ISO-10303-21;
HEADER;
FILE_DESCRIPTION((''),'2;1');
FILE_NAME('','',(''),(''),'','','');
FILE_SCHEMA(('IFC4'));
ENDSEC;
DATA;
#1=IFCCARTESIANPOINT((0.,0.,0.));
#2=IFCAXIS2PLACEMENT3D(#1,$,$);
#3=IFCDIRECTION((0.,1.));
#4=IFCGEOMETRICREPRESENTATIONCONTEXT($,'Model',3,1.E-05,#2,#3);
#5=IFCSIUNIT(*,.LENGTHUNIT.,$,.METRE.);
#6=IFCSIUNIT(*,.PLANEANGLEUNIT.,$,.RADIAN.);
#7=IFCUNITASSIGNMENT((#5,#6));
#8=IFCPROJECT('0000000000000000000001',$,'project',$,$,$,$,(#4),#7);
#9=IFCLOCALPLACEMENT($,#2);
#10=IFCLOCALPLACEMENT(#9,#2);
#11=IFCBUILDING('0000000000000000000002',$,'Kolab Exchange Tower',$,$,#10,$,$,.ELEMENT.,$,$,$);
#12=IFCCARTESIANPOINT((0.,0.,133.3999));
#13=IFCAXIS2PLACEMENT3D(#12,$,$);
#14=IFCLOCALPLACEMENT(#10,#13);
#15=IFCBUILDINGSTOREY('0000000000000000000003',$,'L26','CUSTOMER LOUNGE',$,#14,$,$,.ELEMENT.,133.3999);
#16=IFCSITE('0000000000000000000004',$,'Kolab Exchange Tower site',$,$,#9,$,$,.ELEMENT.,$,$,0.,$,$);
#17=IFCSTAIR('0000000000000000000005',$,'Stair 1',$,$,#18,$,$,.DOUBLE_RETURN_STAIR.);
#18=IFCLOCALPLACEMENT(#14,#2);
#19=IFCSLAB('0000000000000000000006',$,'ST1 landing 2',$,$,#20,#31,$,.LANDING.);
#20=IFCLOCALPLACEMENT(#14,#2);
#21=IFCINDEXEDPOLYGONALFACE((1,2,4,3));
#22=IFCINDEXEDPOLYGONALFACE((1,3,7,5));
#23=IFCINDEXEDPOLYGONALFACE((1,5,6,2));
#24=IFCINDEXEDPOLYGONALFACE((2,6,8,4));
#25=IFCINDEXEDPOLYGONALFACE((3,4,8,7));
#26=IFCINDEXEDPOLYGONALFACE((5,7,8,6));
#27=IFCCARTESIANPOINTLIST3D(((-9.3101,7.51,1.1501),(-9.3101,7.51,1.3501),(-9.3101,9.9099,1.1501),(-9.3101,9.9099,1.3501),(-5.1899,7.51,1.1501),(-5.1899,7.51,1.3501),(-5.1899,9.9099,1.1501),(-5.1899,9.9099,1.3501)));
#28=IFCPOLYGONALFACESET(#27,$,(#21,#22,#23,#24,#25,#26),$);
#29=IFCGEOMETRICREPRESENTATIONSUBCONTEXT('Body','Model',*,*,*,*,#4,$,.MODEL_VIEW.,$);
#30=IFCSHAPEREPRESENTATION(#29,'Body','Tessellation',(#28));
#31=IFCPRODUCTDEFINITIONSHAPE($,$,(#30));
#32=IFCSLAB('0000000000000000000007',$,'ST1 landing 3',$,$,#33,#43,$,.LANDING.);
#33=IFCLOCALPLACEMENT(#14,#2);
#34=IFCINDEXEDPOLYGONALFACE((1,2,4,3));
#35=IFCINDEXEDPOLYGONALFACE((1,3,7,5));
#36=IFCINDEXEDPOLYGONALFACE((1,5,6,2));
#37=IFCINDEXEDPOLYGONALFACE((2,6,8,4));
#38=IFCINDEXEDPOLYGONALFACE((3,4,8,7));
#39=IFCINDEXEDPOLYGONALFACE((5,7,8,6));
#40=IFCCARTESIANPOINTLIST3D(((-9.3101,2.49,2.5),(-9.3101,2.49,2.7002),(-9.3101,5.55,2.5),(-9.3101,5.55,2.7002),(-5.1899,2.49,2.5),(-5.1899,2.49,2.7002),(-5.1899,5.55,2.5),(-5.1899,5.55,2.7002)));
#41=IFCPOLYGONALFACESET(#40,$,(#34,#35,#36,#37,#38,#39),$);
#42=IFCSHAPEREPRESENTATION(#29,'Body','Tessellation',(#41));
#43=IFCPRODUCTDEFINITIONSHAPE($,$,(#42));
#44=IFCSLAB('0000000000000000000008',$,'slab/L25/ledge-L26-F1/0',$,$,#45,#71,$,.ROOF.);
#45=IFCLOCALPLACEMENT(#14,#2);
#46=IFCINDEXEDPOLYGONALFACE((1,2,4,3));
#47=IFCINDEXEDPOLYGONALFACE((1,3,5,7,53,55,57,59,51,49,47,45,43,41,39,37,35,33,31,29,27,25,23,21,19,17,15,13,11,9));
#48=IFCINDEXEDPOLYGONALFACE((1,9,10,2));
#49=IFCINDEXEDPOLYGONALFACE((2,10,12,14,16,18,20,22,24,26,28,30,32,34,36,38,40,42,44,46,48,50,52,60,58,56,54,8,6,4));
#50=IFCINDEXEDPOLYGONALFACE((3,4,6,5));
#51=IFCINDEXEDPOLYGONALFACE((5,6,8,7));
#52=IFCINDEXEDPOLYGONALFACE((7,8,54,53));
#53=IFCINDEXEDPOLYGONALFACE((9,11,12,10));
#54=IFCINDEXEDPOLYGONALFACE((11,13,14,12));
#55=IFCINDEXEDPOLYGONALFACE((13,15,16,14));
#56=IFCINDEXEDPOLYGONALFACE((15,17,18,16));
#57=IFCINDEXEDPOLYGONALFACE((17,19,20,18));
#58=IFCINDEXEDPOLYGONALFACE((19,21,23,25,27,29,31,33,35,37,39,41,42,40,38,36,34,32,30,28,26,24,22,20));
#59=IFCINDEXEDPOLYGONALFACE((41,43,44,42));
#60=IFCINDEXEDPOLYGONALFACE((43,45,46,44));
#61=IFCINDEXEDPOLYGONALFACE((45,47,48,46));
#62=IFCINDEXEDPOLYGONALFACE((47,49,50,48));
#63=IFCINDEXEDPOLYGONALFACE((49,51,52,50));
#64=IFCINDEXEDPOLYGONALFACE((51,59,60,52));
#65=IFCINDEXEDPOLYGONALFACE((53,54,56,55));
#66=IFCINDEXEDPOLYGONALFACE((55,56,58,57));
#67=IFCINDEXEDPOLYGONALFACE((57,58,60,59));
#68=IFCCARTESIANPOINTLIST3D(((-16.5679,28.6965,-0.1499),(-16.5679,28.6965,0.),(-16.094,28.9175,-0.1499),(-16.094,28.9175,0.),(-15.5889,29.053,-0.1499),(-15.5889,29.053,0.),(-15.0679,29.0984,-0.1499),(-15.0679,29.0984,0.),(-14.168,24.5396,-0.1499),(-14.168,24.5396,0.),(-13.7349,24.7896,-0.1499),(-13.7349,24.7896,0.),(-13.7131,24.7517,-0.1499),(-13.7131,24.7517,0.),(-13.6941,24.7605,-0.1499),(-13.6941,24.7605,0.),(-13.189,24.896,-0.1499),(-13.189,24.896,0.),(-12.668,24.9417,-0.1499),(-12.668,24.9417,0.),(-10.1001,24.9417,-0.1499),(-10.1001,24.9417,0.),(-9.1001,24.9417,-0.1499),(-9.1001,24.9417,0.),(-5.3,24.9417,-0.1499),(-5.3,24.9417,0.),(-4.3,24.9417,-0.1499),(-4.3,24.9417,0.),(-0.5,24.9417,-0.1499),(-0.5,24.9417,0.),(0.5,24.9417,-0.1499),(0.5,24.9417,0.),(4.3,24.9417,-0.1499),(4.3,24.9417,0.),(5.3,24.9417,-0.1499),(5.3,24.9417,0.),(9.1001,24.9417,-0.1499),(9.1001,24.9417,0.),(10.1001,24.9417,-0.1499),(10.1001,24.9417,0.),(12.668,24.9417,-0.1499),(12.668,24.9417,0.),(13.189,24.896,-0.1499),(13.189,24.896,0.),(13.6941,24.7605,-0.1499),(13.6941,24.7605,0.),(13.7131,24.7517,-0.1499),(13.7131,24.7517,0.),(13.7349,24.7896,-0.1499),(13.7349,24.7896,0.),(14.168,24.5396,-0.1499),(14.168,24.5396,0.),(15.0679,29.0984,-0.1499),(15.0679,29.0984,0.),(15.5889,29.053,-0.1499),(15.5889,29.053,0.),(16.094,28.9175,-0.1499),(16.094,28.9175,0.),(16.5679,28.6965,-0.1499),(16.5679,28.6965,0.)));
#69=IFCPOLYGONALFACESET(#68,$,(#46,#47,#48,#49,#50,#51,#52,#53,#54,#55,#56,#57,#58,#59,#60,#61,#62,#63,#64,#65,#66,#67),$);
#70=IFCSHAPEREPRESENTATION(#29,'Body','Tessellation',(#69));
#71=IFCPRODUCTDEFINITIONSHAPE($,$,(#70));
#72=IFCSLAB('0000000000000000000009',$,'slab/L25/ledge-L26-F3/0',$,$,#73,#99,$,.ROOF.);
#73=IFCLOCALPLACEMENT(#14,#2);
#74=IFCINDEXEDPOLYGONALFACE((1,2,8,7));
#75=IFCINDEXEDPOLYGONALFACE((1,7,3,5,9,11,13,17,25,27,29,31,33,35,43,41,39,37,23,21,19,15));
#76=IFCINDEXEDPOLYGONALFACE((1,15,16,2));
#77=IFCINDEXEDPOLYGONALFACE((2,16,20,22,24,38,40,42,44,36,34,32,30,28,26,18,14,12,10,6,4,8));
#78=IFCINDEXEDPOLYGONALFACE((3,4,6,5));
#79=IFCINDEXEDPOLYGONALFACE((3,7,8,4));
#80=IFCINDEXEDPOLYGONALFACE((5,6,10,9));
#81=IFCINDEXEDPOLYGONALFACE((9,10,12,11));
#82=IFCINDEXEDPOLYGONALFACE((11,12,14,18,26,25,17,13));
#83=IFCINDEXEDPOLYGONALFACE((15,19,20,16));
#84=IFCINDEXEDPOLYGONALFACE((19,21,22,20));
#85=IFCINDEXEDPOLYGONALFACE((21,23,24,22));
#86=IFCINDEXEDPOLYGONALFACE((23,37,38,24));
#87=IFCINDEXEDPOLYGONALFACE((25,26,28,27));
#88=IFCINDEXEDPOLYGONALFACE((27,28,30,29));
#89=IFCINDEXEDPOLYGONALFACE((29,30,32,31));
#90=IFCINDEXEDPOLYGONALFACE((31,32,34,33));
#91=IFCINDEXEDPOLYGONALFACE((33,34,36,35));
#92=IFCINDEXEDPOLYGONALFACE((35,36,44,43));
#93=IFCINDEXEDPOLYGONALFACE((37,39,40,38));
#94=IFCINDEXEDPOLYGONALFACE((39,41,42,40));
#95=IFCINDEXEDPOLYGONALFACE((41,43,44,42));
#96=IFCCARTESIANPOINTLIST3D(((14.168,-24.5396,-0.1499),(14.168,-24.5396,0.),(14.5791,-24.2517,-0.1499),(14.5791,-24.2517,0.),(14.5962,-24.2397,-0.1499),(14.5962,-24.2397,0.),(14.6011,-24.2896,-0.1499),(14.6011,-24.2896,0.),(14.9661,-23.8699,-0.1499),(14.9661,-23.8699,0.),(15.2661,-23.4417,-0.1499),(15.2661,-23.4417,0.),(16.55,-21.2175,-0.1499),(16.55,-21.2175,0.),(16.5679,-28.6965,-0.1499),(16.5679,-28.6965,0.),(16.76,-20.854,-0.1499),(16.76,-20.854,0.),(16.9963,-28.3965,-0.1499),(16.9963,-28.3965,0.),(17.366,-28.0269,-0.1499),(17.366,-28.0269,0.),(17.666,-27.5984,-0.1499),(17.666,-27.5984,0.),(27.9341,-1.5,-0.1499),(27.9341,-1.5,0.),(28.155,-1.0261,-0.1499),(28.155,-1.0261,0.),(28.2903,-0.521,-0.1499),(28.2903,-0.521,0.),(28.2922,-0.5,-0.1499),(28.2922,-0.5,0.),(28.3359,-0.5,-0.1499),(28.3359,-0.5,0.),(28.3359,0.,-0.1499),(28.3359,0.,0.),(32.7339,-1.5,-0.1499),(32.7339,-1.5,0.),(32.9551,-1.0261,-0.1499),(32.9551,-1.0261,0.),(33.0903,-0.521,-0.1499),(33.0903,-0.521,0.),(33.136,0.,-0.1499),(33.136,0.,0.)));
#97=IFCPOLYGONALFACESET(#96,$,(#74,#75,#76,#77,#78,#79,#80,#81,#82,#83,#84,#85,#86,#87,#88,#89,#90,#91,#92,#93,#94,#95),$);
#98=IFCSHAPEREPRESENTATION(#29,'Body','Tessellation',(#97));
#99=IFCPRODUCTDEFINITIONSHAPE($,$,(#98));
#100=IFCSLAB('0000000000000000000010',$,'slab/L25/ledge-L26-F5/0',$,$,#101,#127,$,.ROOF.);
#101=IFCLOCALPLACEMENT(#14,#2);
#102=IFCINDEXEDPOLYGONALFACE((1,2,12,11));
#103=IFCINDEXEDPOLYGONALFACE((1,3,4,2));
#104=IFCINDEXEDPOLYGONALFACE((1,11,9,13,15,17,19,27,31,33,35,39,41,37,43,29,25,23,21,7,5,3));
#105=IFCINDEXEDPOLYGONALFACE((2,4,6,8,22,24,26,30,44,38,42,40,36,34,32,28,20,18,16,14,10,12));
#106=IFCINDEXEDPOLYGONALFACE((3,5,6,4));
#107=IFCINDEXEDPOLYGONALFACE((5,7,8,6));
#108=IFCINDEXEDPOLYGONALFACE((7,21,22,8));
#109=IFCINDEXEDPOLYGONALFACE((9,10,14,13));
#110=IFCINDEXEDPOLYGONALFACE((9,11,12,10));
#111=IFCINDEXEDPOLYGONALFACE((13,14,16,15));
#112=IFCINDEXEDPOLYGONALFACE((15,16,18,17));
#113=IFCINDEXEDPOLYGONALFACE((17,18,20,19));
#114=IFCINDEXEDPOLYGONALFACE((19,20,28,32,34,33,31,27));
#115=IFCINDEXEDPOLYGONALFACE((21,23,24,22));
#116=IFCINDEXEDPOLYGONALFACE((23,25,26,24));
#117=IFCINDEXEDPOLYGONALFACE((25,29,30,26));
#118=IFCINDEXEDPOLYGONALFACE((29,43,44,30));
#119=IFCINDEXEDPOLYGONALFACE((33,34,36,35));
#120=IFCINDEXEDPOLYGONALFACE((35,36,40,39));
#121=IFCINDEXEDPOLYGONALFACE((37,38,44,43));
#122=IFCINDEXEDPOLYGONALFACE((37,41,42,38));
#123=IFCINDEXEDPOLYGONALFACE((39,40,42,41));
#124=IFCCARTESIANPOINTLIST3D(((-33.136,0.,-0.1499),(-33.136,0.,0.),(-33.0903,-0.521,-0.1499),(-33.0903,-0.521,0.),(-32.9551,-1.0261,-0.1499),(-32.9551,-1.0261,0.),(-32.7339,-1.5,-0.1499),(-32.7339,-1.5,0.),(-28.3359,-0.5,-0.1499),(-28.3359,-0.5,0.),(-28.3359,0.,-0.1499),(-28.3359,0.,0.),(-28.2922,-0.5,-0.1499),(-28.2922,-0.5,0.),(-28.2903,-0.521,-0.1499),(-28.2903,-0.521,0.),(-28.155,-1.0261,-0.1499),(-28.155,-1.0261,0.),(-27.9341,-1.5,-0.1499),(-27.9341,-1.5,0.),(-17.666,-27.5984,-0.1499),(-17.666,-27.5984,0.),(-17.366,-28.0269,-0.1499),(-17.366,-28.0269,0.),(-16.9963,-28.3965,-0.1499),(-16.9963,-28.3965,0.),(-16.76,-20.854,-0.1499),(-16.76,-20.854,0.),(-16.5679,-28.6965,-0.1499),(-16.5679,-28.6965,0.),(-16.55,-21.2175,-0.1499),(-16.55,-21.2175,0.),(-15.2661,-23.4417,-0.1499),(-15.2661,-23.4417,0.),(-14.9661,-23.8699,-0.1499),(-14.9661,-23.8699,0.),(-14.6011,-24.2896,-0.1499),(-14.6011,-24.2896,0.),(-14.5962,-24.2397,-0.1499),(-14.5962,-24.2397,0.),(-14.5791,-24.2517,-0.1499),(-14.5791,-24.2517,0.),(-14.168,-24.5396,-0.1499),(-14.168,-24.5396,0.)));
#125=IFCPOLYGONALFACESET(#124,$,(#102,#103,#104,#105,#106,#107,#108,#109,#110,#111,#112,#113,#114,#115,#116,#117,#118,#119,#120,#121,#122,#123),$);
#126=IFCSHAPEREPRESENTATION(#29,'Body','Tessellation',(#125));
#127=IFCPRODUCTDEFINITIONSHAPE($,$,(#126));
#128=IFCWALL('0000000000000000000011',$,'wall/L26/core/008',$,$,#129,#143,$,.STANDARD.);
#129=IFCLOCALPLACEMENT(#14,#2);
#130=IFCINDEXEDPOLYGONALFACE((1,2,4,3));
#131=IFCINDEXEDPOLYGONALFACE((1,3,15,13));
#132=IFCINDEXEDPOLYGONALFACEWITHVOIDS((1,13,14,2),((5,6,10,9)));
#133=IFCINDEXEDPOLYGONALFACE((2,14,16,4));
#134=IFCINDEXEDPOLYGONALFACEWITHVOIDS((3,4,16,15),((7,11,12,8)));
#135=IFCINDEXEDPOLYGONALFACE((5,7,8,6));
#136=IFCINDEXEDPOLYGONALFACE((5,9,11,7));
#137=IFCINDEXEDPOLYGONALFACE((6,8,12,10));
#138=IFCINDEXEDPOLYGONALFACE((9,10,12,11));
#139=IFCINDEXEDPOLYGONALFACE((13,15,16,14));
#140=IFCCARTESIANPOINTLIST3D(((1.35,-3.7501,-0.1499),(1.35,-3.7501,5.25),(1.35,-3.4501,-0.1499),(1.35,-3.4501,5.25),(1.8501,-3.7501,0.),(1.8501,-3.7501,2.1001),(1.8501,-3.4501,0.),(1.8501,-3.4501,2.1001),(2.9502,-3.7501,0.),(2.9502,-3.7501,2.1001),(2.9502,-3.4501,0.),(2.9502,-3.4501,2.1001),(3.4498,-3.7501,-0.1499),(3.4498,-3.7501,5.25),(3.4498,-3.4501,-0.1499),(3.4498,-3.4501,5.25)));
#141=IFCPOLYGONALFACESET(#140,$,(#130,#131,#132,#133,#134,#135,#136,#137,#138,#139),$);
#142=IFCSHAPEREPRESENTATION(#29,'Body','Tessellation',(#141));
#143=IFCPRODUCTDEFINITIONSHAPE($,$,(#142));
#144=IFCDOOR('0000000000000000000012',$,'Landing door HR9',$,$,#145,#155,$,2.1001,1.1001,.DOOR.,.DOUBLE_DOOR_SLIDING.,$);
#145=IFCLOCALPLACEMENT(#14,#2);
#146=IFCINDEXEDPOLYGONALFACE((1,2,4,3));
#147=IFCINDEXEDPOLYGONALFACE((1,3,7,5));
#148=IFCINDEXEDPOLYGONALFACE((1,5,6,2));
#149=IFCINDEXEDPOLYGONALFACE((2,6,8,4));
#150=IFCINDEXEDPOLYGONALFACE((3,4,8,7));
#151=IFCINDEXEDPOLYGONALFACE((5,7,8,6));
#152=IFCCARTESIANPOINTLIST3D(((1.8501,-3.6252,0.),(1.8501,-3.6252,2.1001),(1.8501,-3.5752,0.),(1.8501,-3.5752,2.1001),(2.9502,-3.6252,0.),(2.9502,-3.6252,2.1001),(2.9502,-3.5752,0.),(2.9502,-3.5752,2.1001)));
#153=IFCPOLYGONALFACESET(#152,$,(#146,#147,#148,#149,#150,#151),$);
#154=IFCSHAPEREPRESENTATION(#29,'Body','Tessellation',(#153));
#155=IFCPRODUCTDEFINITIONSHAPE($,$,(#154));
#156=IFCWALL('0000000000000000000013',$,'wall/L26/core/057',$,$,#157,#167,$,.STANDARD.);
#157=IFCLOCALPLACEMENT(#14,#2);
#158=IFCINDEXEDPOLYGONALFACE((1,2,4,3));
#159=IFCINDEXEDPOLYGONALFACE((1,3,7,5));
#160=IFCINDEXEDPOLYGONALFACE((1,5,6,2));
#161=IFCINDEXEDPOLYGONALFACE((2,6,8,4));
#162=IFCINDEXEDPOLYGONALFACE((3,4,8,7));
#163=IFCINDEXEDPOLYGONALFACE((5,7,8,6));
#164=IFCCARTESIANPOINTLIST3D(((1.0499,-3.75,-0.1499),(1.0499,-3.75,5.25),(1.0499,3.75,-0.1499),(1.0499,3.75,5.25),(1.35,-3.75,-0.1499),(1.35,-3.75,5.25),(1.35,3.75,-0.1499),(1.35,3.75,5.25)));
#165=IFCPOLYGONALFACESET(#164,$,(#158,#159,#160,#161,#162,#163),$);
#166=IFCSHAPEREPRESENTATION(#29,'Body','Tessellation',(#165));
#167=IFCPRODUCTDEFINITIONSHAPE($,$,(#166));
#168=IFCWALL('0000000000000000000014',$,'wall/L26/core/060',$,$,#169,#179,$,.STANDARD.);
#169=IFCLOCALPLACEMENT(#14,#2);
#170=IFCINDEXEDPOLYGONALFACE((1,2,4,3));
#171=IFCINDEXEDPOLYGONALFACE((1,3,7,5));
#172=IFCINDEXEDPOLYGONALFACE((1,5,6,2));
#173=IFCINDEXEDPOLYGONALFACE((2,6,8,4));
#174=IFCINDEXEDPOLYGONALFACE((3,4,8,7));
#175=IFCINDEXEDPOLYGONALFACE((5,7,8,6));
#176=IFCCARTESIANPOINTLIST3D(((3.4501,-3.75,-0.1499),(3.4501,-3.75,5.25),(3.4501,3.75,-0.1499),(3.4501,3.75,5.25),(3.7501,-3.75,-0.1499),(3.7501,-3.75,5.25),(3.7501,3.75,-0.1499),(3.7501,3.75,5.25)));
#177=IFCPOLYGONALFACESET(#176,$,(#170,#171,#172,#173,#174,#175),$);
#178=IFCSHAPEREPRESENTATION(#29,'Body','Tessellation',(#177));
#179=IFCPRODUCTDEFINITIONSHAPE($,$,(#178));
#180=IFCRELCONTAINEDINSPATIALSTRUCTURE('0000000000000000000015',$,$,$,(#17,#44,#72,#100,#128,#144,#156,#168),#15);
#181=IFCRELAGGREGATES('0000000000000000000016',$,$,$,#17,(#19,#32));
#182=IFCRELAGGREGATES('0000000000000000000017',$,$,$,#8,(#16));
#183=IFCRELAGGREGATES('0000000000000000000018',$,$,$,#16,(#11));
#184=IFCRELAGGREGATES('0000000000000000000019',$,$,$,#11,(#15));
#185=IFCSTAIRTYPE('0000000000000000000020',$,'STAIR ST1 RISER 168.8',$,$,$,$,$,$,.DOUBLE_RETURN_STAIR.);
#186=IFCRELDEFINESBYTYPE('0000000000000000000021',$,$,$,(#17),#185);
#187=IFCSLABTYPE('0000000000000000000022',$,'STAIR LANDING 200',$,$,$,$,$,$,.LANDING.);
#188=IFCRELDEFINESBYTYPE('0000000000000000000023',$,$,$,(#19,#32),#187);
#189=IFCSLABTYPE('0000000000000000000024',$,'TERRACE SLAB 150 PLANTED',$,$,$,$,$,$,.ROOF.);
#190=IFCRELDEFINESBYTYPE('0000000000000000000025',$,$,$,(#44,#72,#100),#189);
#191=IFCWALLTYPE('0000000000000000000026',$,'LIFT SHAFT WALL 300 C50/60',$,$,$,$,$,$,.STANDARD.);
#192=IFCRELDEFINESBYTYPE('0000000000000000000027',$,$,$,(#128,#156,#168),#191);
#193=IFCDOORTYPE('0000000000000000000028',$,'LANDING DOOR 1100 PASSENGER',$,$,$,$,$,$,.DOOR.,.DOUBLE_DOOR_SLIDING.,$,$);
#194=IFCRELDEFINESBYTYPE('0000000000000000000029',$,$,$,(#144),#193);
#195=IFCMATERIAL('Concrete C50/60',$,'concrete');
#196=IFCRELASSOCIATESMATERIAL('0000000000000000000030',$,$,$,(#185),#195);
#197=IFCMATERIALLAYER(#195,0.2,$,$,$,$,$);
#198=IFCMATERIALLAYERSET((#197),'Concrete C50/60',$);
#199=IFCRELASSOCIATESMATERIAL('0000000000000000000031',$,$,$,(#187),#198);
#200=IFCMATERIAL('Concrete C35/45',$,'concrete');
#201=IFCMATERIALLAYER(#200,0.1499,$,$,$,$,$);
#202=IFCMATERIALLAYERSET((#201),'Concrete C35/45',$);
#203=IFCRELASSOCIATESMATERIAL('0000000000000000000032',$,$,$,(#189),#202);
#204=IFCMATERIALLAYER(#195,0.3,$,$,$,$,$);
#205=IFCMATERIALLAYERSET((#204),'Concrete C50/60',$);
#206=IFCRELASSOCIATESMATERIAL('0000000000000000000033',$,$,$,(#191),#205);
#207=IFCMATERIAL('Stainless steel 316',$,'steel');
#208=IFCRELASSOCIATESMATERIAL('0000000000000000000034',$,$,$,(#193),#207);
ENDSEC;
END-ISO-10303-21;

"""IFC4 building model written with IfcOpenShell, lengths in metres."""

from ifc_helpers import new_model, si_unit, direction, frame, frame_2d, origin, place, context, subcontext, project, spatial, polyline, rectangle, outline, extrude, material, layer, layer_set, type_object, element, fill, aggregate, save


model = new_model("IFC4")

# Units and contexts
model_context = context("Model", 3, precision=1e-05, world=origin(), true_north=direction((0.0, 1.0)))
body_context = subcontext(model_context, "Body", "Model", "MODEL_VIEW")
ifc_project = project(units=[si_unit("LENGTHUNIT", "METRE"), si_unit("PLANEANGLEUNIT", "RADIAN")], contexts=[model_context])

# Site, building, storey
site_placement = place(None, origin())
site = spatial("IfcSite", under=ifc_project, at=site_placement, Name="Kolab Exchange Tower site", CompositionType="ELEMENT", RefElevation=0.0)
building_placement = place(site_placement, origin())
building = spatial("IfcBuilding", under=site, at=building_placement, Name="Kolab Exchange Tower", CompositionType="ELEMENT")
storey_placement = place(building_placement, frame((0.0, 0.0, 133.3999)))
storey = spatial("IfcBuildingStorey", under=building, at=storey_placement, Name="L26", Description="CUSTOMER LOUNGE", CompositionType="ELEMENT", Elevation=133.3999)

# Shared definitions
ifc_material_1 = material(Name="Concrete C35/45", Category="concrete")

# Stair, slabs
ifc_material_2 = material(Name="Concrete C50/60", Category="concrete")
stair_type_1 = type_object("IfcStairType", Name="STAIR ST1 RISER 168.8", PredefinedType="DOUBLE_RETURN_STAIR", material=ifc_material_2)
stair_1_placement = place(storey_placement, origin())
stair_1 = element("IfcStair", 1, at=stair_1_placement, inside=storey, type_object=stair_type_1, Name="Stair 1", PredefinedType="DOUBLE_RETURN_STAIR")
ifc_layer_1 = layer(ifc_material_2, 0.2)
ifc_layer_set_1 = layer_set([ifc_layer_1], Name="Concrete C50/60")
slab_type_1 = type_object("IfcSlabType", Name="STAIR LANDING 200", PredefinedType="LANDING", material=ifc_layer_set_1)
slab_1_placement = place(storey_placement, frame((0.0, 0.0, 1.1501)))
slab_1 = element("IfcSlab", 2, at=slab_1_placement, type_object=slab_type_1, Name="ST1 landing 2", PredefinedType="LANDING", context=body_context, shape_type="SweptSolid", body=[
    extrude(outline(polyline([(-9.3101, 7.51), (-5.1899, 7.51), (-5.1899, 9.9099), (-9.3101, 9.9099), (-9.3101, 7.51)])), origin(), (0.0, 0.0, 1.0), 0.2),
])
slab_2_placement = place(storey_placement, frame((0.0, 0.0, 2.5)))
slab_2 = element("IfcSlab", 3, at=slab_2_placement, type_object=slab_type_1, Name="ST1 landing 3", PredefinedType="LANDING", context=body_context, shape_type="SweptSolid", body=[
    extrude(outline(polyline([(-9.3101, 2.49), (-5.1899, 2.49), (-5.1899, 5.55), (-9.3101, 5.55), (-9.3101, 2.49)])), origin(), (0.0, 0.0, 1.0), 0.2002),
])
aggregate(stair_1, [slab_1, slab_2])

# Slabs
ifc_layer_2 = layer(ifc_material_1, 0.1499)
ifc_layer_set_2 = layer_set([ifc_layer_2], Name="Concrete C35/45")
slab_type_2 = type_object("IfcSlabType", Name="TERRACE SLAB 150 PLANTED", PredefinedType="ROOF", material=ifc_layer_set_2)
slab_3_placement = place(storey_placement, frame((0.0, 0.0, -0.1499)))
element("IfcSlab", 4, at=slab_3_placement, inside=storey, type_object=slab_type_2, Name="slab/L25/ledge-L26-F1/0", PredefinedType="ROOF", context=body_context, shape_type="SweptSolid", body=[
    extrude(outline(polyline([(-14.168, 24.5396), (-13.7349, 24.7896), (-13.7131, 24.7517), (-13.6941, 24.7605), (-13.189, 24.896), (-12.668, 24.9417), (-10.1001, 24.9417), (-9.1001, 24.9417), (-5.3, 24.9417), (-4.3, 24.9417), (-0.5, 24.9417), (0.5, 24.9417), (4.3, 24.9417), (5.3, 24.9417), (9.1001, 24.9417), (10.1001, 24.9417), (12.668, 24.9417), (13.189, 24.896), (13.6941, 24.7605), (13.7131, 24.7517), (13.7349, 24.7896), (14.168, 24.5396), (16.5679, 28.6965), (16.094, 28.9175), (15.5889, 29.053), (15.0679, 29.0984), (-15.0679, 29.0984), (-15.5889, 29.053), (-16.094, 28.9175), (-16.5679, 28.6965), (-14.168, 24.5396)])), origin(), (0.0, 0.0, 1.0), 0.1499),
])
slab_4_placement = place(storey_placement, frame((0.0, 0.0, -0.1499)))
element("IfcSlab", 5, at=slab_4_placement, inside=storey, type_object=slab_type_2, Name="slab/L25/ledge-L26-F3/0", PredefinedType="ROOF", context=body_context, shape_type="SweptSolid", body=[
    extrude(outline(polyline([(33.136, 0.0), (28.3359, 0.0), (28.3359, -0.5), (28.2922, -0.5), (28.2903, -0.521), (28.155, -1.0261), (27.9341, -1.5), (16.76, -20.854), (16.55, -21.2175), (15.2661, -23.4417), (14.9661, -23.8699), (14.5962, -24.2397), (14.5791, -24.2517), (14.6011, -24.2896), (14.168, -24.5396), (16.5679, -28.6965), (16.9963, -28.3965), (17.366, -28.0269), (17.666, -27.5984), (32.7339, -1.5), (32.9551, -1.0261), (33.0903, -0.521), (33.136, 0.0)])), origin(), (0.0, 0.0, 1.0), 0.1499),
])
slab_5_placement = place(storey_placement, frame((0.0, 0.0, -0.1499)))
element("IfcSlab", 6, at=slab_5_placement, inside=storey, type_object=slab_type_2, Name="slab/L25/ledge-L26-F5/0", PredefinedType="ROOF", context=body_context, shape_type="SweptSolid", body=[
    extrude(outline(polyline([(-14.168, -24.5396), (-14.6011, -24.2896), (-14.5791, -24.2517), (-14.5962, -24.2397), (-14.9661, -23.8699), (-15.2661, -23.4417), (-16.55, -21.2175), (-16.76, -20.854), (-27.9341, -1.5), (-28.155, -1.0261), (-28.2903, -0.521), (-28.2922, -0.5), (-28.3359, -0.5), (-28.3359, 0.0), (-33.136, 0.0), (-33.0903, -0.521), (-32.9551, -1.0261), (-32.7339, -1.5), (-17.666, -27.5984), (-17.366, -28.0269), (-16.9963, -28.3965), (-16.5679, -28.6965), (-14.168, -24.5396)])), origin(), (0.0, 0.0, 1.0), 0.1499),
])

# Wall, opening, door
ifc_layer_3 = layer(ifc_material_2, 0.3)
ifc_layer_set_3 = layer_set([ifc_layer_3], Name="Concrete C50/60")
wall_type_1 = type_object("IfcWallType", Name="LIFT SHAFT WALL 300 C50/60", PredefinedType="STANDARD", material=ifc_layer_set_3)
wall_1_placement = place(storey_placement, frame((1.3501, -3.6001, -0.1499), z_axis=(0.0, 0.0, 1.0), x_axis=(1.0, 0.0, 0.0)))
wall_1 = element("IfcWall", 7, at=wall_1_placement, inside=storey, type_object=wall_type_1, Name="wall/L26/core/008", PredefinedType="STANDARD", context=body_context, shape_type="SweptSolid", body=[
    extrude(rectangle(XDim=2.0999, YDim=0.3, at=frame_2d((1.0498, 0.0))), origin(), (0.0, 0.0, 1.0), 5.3999),
])
opening_1_placement = place(wall_1_placement, frame((0.5, 0.0, 0.1499)))
opening_1 = element("IfcOpeningElement", 8, at=opening_1_placement, cuts=wall_1, PredefinedType="OPENING", context=body_context, shape_type="SweptSolid", body=[
    extrude(rectangle(XDim=1.1001, YDim=2.1001, at=frame_2d((0.55, 1.05))), frame((0.0, 0.1602, 0.0), z_axis=(0.0, -1.0, 0.0), x_axis=(1.0, 0.0, 0.0)), (0.0, 0.0, 1.0), 0.3201),
])
ifc_material_3 = material(Name="Stainless steel 316", Category="steel")
door_type_1 = type_object("IfcDoorType", Name="LANDING DOOR 1100 PASSENGER", OperationType="DOUBLE_DOOR_SLIDING", PredefinedType="DOOR", material=ifc_material_3)
door_1_placement = place(opening_1_placement, origin())
door_1 = element("IfcDoor", 9, at=door_1_placement, inside=storey, type_object=door_type_1, Name="Landing door HR9", OperationType="DOUBLE_DOOR_SLIDING", OverallHeight=2.1001, OverallWidth=1.1001, PredefinedType="DOOR", context=body_context, shape_type="SweptSolid", body=[
    extrude(rectangle(XDim=1.1001, YDim=2.1001, at=frame_2d((0.55, 1.05))), frame((0.0, 0.0249, 0.0), z_axis=(0.0, -1.0, 0.0), x_axis=(1.0, 0.0, 0.0)), (0.0, 0.0, 1.0), 0.05),
])
fill(opening_1, door_1)

# Walls
for number, where, z_axis, x_axis, name in (
    (10, (1.2, -3.75, -0.1499), (0.0, 0.0, 1.0), (0.0, 1.0, 0.0), "wall/L26/core/057"),
    (11, (3.6001, -3.75, -0.1499), (0.0, 0.0, 1.0), (0.0, 1.0, 0.0), "wall/L26/core/060"),
):
    element("IfcWall", number, at=place(storey_placement, frame(where, z_axis=z_axis, x_axis=x_axis)), inside=storey, type_object=wall_type_1, Name=name, PredefinedType="STANDARD", context=body_context, shape_type="SweptSolid", body=[
        extrude(rectangle(XDim=7.5, YDim=0.3, at=frame_2d((3.75, 0.0))), origin(), (0.0, 0.0, 1.0), 5.3999),
    ])

save(model, "model.ifc")
